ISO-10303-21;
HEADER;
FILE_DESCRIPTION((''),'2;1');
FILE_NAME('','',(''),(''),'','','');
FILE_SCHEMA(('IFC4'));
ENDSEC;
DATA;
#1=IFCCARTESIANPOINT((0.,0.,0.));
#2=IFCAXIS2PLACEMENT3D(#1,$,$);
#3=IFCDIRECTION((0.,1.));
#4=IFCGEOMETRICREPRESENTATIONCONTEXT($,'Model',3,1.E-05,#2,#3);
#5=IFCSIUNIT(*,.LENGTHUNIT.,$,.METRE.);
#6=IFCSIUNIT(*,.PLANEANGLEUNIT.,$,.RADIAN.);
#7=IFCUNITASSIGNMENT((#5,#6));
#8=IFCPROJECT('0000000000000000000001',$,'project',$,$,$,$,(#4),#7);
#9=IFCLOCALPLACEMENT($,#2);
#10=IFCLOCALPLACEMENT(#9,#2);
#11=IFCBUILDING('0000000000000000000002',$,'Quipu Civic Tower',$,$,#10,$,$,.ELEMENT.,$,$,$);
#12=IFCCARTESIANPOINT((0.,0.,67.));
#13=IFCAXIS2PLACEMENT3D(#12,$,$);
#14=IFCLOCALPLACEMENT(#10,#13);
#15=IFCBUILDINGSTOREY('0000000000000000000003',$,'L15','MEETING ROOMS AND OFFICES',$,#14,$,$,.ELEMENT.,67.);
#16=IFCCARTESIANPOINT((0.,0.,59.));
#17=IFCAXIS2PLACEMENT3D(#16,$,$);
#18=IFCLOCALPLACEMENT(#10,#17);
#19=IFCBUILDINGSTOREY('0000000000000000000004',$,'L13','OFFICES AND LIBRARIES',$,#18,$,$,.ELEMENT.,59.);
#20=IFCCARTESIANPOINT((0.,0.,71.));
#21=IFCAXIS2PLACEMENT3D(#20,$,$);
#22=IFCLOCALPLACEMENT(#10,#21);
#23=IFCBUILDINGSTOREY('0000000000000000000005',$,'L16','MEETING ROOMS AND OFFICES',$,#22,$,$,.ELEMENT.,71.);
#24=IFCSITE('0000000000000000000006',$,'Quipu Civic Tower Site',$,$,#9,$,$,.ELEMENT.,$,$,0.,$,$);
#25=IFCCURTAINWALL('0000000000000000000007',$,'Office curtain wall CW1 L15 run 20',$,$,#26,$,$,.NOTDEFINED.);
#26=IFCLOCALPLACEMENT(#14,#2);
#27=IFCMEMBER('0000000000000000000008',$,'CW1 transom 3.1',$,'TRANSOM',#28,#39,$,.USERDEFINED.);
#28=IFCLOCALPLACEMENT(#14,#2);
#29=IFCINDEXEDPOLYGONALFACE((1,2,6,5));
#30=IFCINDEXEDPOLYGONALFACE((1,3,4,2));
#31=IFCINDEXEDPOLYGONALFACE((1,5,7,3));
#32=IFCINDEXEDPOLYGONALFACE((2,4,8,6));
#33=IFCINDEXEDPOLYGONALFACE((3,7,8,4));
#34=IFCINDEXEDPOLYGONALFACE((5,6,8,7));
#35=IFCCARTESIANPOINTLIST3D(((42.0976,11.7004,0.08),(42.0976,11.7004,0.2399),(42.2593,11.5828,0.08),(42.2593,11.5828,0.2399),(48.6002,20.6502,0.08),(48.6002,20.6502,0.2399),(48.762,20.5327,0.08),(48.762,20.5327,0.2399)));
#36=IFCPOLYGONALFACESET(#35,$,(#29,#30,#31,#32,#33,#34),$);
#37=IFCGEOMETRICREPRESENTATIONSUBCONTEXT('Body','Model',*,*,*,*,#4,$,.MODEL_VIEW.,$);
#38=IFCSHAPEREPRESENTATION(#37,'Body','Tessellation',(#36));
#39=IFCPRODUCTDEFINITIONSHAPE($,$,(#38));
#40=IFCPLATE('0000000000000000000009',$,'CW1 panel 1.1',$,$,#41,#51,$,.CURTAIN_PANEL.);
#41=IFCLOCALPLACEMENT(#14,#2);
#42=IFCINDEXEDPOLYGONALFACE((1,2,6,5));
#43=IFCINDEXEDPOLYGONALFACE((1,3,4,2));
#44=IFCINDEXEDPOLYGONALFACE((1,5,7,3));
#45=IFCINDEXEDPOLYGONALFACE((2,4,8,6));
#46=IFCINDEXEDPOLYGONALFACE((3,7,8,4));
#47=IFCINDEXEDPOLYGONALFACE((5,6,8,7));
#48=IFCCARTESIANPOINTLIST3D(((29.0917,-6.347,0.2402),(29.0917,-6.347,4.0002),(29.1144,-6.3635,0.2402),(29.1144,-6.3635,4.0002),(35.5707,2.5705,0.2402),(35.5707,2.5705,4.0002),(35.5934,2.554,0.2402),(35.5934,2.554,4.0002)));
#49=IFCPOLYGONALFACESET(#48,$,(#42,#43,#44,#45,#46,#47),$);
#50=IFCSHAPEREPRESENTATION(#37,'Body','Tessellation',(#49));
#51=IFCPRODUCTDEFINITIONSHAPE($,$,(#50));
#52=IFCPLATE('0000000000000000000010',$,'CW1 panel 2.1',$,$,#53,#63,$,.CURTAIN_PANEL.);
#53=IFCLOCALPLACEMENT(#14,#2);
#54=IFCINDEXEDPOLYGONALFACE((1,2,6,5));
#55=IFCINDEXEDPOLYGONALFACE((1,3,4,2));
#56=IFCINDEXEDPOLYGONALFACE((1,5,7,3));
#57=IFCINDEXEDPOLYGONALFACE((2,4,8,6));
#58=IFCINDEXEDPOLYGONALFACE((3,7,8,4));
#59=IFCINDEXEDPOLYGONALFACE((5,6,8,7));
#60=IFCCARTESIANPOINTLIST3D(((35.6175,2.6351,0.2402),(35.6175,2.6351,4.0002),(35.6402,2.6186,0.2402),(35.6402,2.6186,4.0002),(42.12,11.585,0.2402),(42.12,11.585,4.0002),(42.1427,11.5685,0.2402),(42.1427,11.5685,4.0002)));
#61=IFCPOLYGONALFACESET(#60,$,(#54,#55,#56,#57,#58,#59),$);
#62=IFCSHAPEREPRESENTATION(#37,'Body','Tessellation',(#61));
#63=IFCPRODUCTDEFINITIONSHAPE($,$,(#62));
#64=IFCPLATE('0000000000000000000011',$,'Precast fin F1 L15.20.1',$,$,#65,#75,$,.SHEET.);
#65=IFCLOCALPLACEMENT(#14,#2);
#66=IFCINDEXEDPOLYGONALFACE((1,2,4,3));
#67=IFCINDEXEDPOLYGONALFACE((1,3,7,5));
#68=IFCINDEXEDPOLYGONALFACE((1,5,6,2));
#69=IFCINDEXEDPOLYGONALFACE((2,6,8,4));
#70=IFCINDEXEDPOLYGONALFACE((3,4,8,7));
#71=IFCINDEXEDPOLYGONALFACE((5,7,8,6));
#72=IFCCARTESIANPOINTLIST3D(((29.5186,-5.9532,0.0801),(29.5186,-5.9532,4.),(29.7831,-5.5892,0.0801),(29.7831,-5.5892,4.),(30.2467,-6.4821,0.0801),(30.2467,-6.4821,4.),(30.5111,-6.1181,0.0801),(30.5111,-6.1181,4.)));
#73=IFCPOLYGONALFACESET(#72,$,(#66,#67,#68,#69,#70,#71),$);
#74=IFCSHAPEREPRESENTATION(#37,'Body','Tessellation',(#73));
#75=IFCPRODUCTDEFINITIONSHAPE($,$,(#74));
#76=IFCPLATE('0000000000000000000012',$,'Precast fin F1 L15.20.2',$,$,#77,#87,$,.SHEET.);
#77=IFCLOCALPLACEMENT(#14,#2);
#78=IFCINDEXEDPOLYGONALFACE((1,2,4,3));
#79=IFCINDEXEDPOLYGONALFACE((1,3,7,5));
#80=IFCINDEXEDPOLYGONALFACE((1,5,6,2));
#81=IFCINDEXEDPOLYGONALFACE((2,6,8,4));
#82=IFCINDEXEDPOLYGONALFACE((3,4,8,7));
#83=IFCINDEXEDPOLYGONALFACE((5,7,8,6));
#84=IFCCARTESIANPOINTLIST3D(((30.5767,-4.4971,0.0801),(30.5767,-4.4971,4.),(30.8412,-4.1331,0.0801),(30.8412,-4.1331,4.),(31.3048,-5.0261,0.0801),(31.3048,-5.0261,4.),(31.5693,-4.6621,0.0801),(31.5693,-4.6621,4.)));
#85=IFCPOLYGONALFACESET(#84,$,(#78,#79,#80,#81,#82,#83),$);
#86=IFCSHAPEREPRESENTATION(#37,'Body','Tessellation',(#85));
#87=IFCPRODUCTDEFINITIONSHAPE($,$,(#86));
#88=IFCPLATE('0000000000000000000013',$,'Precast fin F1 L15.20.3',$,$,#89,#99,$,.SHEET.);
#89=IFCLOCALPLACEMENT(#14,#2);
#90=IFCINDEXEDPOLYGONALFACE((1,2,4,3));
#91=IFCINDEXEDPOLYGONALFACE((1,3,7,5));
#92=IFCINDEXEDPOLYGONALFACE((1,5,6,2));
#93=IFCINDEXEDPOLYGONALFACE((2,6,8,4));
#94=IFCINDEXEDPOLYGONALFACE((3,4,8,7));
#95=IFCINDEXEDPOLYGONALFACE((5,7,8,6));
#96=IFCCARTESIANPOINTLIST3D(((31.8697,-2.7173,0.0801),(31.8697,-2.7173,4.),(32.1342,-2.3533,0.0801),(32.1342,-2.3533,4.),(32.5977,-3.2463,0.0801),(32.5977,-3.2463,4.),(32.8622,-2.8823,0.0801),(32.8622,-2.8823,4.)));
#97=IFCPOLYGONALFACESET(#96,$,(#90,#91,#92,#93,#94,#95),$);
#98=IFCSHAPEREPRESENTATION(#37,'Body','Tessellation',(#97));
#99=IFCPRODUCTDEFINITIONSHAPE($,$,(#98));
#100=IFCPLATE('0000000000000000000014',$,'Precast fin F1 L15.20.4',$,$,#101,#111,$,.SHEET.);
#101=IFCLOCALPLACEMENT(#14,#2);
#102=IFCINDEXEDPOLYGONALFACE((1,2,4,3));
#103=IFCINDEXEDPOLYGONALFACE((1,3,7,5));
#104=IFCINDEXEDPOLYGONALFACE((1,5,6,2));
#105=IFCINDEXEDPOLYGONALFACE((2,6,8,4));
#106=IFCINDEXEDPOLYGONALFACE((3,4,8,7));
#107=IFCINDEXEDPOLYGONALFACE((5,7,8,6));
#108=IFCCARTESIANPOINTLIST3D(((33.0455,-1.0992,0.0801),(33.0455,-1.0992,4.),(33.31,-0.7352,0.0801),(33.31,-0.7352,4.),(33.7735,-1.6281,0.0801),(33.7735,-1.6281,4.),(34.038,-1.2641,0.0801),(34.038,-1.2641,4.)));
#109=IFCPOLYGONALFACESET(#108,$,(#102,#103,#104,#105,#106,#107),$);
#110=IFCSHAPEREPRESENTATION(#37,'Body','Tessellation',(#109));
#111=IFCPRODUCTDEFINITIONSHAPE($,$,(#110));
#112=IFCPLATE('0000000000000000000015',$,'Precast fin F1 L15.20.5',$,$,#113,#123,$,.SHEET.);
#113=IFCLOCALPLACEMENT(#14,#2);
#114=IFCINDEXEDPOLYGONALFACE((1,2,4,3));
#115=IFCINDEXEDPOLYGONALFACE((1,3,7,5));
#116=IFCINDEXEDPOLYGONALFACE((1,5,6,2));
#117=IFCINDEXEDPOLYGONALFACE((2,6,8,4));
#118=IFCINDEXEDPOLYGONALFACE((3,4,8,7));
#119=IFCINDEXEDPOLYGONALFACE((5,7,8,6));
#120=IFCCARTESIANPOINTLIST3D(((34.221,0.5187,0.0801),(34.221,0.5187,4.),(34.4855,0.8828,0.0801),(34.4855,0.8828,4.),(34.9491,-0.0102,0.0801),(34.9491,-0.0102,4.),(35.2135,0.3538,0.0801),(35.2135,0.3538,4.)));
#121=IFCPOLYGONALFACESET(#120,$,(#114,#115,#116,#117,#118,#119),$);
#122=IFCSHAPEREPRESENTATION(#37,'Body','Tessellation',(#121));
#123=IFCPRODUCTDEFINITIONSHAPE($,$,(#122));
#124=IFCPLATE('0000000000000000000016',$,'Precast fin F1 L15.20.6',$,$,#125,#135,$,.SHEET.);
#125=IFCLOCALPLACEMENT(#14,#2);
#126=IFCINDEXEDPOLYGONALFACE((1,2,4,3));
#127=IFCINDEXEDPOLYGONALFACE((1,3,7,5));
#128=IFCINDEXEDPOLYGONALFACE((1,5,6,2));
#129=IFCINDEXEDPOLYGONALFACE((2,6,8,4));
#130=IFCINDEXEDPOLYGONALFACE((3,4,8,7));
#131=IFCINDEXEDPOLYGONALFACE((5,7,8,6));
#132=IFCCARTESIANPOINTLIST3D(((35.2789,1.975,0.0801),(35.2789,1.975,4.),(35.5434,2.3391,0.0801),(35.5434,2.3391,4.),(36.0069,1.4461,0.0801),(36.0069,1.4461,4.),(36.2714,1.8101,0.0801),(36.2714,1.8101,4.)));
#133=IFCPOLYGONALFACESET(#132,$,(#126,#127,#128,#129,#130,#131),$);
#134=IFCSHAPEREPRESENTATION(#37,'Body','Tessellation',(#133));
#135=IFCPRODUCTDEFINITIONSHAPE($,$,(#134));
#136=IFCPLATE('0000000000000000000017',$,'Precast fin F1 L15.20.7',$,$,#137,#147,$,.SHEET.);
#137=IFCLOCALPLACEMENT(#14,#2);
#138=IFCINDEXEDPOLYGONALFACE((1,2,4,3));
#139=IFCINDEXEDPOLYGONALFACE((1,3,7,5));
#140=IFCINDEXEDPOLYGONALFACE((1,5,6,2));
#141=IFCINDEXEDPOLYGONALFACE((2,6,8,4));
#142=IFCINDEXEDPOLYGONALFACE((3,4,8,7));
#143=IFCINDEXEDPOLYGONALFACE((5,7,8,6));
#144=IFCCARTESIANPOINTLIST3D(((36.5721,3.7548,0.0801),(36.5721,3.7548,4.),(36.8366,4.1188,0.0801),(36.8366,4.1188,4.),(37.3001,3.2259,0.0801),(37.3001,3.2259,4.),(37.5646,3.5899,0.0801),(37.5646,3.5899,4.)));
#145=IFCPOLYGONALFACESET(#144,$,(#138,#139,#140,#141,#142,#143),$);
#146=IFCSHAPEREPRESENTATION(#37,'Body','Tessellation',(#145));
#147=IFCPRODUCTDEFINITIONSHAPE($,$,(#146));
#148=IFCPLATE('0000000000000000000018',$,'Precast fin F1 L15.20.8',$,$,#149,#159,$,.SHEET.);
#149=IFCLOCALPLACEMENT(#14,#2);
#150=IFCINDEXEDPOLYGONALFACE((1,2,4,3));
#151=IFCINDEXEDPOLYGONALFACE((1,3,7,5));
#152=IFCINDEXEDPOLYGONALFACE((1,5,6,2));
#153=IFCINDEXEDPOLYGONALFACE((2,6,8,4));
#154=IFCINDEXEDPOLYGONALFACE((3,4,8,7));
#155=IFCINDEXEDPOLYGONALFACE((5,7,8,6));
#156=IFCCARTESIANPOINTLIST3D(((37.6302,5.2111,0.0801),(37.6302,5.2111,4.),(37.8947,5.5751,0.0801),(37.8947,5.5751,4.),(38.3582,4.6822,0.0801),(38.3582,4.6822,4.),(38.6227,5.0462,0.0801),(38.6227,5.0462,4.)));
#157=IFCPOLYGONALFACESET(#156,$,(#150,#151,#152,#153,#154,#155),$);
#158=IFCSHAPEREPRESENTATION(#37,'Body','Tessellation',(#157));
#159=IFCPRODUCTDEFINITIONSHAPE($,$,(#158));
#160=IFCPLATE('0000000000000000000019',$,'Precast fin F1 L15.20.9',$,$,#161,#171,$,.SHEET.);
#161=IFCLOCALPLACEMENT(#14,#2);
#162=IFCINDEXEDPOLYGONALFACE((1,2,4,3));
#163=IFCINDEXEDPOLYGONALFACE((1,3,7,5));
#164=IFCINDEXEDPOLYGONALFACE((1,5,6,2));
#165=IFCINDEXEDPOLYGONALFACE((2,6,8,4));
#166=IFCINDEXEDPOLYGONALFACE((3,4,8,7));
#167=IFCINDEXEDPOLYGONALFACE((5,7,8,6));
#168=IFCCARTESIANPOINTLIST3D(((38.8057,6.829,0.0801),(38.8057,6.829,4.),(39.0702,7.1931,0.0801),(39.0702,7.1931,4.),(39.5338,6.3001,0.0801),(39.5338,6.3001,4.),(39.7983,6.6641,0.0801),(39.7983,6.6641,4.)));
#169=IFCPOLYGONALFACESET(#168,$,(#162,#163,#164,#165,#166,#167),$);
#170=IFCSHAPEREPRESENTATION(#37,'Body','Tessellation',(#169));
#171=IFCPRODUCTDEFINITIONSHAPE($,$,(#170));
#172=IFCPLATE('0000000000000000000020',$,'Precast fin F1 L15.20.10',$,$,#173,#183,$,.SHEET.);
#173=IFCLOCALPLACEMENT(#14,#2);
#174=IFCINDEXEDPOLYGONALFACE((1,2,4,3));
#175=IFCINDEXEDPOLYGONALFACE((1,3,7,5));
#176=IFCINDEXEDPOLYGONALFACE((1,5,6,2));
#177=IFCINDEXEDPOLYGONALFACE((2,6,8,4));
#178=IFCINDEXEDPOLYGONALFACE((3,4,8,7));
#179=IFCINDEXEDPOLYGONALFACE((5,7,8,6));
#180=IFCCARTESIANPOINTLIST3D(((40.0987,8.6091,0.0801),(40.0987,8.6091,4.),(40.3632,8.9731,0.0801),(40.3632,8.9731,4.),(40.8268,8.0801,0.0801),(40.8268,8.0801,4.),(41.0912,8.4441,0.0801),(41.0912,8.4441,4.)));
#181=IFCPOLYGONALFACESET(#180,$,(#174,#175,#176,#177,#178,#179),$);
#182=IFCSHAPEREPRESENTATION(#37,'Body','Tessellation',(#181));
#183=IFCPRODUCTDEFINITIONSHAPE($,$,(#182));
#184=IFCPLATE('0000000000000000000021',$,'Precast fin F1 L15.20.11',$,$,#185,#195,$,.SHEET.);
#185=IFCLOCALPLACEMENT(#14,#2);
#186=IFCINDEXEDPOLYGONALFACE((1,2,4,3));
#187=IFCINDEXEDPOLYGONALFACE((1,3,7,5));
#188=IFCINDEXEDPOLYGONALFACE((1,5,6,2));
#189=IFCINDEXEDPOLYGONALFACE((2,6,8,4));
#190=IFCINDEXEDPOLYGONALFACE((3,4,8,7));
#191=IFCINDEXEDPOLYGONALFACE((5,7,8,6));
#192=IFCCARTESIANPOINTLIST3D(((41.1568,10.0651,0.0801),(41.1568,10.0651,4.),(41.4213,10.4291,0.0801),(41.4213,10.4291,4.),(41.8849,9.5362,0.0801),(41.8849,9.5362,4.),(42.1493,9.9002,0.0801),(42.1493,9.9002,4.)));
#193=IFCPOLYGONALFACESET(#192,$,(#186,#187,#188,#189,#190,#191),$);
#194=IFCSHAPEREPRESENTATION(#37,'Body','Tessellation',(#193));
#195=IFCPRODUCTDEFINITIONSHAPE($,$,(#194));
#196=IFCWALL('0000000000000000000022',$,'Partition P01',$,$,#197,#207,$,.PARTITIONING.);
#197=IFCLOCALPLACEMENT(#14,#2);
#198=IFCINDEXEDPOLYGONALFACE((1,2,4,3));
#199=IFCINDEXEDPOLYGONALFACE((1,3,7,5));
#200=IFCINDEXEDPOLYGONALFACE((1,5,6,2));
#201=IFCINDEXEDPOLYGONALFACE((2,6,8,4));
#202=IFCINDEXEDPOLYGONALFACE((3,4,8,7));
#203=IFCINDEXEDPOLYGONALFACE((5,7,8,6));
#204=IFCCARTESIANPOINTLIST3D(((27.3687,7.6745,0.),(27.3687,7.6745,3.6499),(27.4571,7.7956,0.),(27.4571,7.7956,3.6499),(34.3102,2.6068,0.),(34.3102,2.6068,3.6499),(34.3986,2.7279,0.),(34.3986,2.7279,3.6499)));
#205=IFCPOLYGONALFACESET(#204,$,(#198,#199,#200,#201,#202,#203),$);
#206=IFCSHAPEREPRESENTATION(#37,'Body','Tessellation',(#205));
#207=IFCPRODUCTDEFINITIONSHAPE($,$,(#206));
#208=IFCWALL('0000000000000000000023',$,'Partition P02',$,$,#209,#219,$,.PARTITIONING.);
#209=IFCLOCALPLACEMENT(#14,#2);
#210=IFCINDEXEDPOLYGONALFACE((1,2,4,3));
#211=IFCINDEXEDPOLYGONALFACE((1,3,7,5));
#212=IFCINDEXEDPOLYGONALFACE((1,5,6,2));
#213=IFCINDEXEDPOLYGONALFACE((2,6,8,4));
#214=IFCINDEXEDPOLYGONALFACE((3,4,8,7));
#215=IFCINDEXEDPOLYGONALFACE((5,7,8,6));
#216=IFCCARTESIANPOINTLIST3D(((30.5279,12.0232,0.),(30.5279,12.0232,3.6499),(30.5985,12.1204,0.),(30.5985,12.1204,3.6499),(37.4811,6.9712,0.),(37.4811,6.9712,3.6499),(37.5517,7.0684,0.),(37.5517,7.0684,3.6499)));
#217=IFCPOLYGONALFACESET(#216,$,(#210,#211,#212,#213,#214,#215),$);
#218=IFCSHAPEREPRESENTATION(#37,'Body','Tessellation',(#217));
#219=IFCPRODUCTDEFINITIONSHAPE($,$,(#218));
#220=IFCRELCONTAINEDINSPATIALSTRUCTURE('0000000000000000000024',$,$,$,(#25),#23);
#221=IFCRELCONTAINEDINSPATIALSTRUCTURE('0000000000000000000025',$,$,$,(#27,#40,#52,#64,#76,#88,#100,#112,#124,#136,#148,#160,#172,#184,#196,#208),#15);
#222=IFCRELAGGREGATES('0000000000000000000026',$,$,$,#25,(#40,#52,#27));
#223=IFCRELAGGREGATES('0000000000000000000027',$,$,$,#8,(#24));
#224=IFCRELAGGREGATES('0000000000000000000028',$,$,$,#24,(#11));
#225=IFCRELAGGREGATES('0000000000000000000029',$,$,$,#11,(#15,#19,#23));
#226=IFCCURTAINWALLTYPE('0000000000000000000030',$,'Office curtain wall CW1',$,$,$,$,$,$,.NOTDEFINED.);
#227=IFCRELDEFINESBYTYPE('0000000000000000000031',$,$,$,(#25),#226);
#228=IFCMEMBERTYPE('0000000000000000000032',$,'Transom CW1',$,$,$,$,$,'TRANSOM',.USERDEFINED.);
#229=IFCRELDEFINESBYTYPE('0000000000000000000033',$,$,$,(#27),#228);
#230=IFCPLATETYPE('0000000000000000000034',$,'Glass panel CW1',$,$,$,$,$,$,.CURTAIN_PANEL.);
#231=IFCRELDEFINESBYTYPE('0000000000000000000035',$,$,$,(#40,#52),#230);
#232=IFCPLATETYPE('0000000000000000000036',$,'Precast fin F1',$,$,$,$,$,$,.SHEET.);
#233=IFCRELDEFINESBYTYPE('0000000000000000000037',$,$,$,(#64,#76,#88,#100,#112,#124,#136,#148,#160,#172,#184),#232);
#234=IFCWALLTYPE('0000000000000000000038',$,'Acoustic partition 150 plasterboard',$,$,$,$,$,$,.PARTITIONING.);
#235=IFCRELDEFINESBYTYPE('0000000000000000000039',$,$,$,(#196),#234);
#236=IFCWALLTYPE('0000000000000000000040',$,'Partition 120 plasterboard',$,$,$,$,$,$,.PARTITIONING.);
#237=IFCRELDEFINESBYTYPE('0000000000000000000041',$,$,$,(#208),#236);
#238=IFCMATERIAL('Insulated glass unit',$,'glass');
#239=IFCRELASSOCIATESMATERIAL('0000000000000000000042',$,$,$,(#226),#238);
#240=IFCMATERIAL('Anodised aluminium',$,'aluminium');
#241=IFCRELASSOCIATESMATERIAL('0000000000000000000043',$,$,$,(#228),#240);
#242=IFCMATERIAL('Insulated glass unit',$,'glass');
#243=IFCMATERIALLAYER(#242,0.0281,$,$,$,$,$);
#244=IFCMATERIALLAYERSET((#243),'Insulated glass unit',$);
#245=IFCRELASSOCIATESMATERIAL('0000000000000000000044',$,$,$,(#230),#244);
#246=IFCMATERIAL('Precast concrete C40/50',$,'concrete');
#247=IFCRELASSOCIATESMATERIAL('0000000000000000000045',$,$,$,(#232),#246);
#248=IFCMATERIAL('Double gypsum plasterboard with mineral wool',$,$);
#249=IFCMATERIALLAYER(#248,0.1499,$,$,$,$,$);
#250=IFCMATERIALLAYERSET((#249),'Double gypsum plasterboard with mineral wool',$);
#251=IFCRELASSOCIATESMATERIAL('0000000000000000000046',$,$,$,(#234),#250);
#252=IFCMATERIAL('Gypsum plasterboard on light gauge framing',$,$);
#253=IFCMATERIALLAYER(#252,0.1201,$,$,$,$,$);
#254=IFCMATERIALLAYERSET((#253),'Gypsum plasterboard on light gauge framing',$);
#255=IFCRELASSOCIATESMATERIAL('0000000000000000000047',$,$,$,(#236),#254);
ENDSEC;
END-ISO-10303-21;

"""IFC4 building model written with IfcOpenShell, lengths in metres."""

from ifc_helpers import new_model, si_unit, direction, frame, frame_2d, origin, origin_2d, place, context, subcontext, project, spatial, rectangle, extrude, material, layer, layer_set, material_profile, profile_set, type_object, element, aggregate, save


model = new_model("IFC4")

# Units and contexts
model_context = context("Model", 3, precision=1e-05, world=origin(), true_north=direction((0.0, 1.0)))
body_context = subcontext(model_context, "Body", "Model", "MODEL_VIEW")
ifc_project = project(units=[si_unit("LENGTHUNIT", "METRE"), si_unit("PLANEANGLEUNIT", "RADIAN")], contexts=[model_context])

# Site, building, storey
site_placement = place(None, origin())
site = spatial("IfcSite", under=ifc_project, at=site_placement, Name="Quipu Civic Tower Site", CompositionType="ELEMENT", RefElevation=0.0)
building_placement = place(site_placement, origin())
building = spatial("IfcBuilding", under=site, at=building_placement, Name="Quipu Civic Tower", CompositionType="ELEMENT")
storey_1_placement = place(building_placement, frame((0.0, 0.0, 67.0)))
storey_1 = spatial("IfcBuildingStorey", under=building, at=storey_1_placement, Name="L15", Description="MEETING ROOMS AND OFFICES", CompositionType="ELEMENT", Elevation=67.0)

# Shared definitions
storey_2_placement = place(building_placement, frame((0.0, 0.0, 59.0)))
storey_2 = spatial("IfcBuildingStorey", under=building, at=storey_2_placement, Name="L13", Description="OFFICES AND LIBRARIES", CompositionType="ELEMENT", Elevation=59.0)

# Shared definitions
ifc_material_1 = material(Name="Insulated glass unit", Category="glass")
curtain_wall_type = type_object("IfcCurtainWallType", Name="Office curtain wall CW1", PredefinedType="NOTDEFINED", material=ifc_material_1)
ifc_material_2 = material(Name="Anodised aluminium", Category="aluminium")
ifc_material_profile_1 = material_profile(ifc_material_2, rectangle(XDim=0.2, YDim=0.1599, at=origin_2d()), Name="RECT 200x160")
ifc_profile_set_1 = profile_set([ifc_material_profile_1], Name="Anodised aluminium")
member_type = type_object("IfcMemberType", Name="Transom CW1", ElementType="TRANSOM", PredefinedType="USERDEFINED", material=ifc_profile_set_1)

# Shared definitions
storey_3_placement = place(building_placement, frame((0.0, 0.0, 71.0)))
storey_3 = spatial("IfcBuildingStorey", under=building, at=storey_3_placement, Name="L16", Description="MEETING ROOMS AND OFFICES", CompositionType="ELEMENT", Elevation=71.0)

# Curtain wall, member, plates
curtain_wall_1_placement = place(storey_3_placement, origin())
curtain_wall_1 = element("IfcCurtainWall", 1, at=curtain_wall_1_placement, inside=storey_3, type_object=curtain_wall_type, Name="Office curtain wall CW1 L15 run 20", PredefinedType="NOTDEFINED")
member_1_placement = place(storey_1_placement, frame((42.1785, 11.6416, 0.1599), z_axis=(0.587795, 0.80901, 0.0), x_axis=(-0.80901, 0.587795, 0.0)))
member_1 = element("IfcMember", 2, at=member_1_placement, inside=storey_1, type_object=member_type, Name="CW1 transom 3.1", ObjectType="TRANSOM", PredefinedType="USERDEFINED", context=body_context, shape_type="SweptSolid", body=[
    extrude(rectangle(XDim=0.2, YDim=0.1599, at=origin_2d()), origin(), (0.0, 0.0, 1.0), 11.0627),
])
ifc_material_3 = material(Name="Insulated glass unit", Category="glass")
ifc_layer_1 = layer(ifc_material_3, 0.0281)
ifc_layer_set_1 = layer_set([ifc_layer_1], Name="Insulated glass unit")
plate_type_1 = type_object("IfcPlateType", Name="Glass panel CW1", PredefinedType="CURTAIN_PANEL", material=ifc_layer_set_1)
plate_1_placement = place(storey_1_placement, frame((32.3425, -1.8965, 0.2402), z_axis=(0.0, 0.0, 1.0), x_axis=(0.587786, 0.809017, 0.0)))
plate_1 = element("IfcPlate", 3, at=plate_1_placement, inside=storey_1, type_object=plate_type_1, Name="CW1 panel 1.1", PredefinedType="CURTAIN_PANEL", context=body_context, shape_type="SweptSolid", body=[
    extrude(rectangle(XDim=11.0227, YDim=0.0281, at=origin_2d()), origin(), (0.0, 0.0, 1.0), 3.76),
])
plate_2_placement = place(storey_1_placement, frame((38.8801, 7.1018, 0.2402), z_axis=(0.0, 0.0, 1.0), x_axis=(0.587786, 0.809017, 0.0)))
plate_2 = element("IfcPlate", 4, at=plate_2_placement, inside=storey_1, type_object=plate_type_1, Name="CW1 panel 2.1", PredefinedType="CURTAIN_PANEL", context=body_context, shape_type="SweptSolid", body=[
    extrude(rectangle(XDim=11.0627, YDim=0.0281, at=origin_2d()), origin(), (0.0, 0.0, 1.0), 3.76),
])
aggregate(curtain_wall_1, [plate_1, plate_2, member_1])

# Plates
ifc_material_4 = material(Name="Precast concrete C40/50", Category="concrete")
plate_type_2 = type_object("IfcPlateType", Name="Precast fin F1", PredefinedType="SHEET", material=ifc_material_4)
for number, where, z_axis, x_axis, name in (
    (5, (30.0149, -6.0356, 0.0801), (0.0, 0.0, 1.0), (0.587786, 0.809017, 0.0), "Precast fin F1 L15.20.1"),
    (6, (31.073, -4.5796, 0.0801), (0.0, 0.0, 1.0), (0.587786, 0.809017, 0.0), "Precast fin F1 L15.20.2"),
    (7, (32.366, -2.7998, 0.0801), (0.0, 0.0, 1.0), (0.587786, 0.809017, 0.0), "Precast fin F1 L15.20.3"),
    (8, (33.5417, -1.1816, 0.0801), (0.0, 0.0, 1.0), (0.587786, 0.809017, 0.0), "Precast fin F1 L15.20.4"),
    (9, (34.7173, 0.4363, 0.0801), (0.0, 0.0, 1.0), (0.587786, 0.809017, 0.0), "Precast fin F1 L15.20.5"),
    (10, (35.7751, 1.8926, 0.0801), (0.0, 0.0, 1.0), (0.587786, 0.809017, 0.0), "Precast fin F1 L15.20.6"),
    (11, (37.0684, 3.6724, 0.0801), (0.0, 0.0, 1.0), (0.587786, 0.809017, 0.0), "Precast fin F1 L15.20.7"),
    (12, (38.1265, 5.1287, 0.0801), (0.0, 0.0, 1.0), (0.587786, 0.809017, 0.0), "Precast fin F1 L15.20.8"),
    (13, (39.302, 6.7466, 0.0801), (0.0, 0.0, 1.0), (0.587786, 0.809017, 0.0), "Precast fin F1 L15.20.9"),
    (14, (40.595, 8.5266, 0.0801), (0.0, 0.0, 1.0), (0.587786, 0.809017, 0.0), "Precast fin F1 L15.20.10"),
    (15, (41.6531, 9.9827, 0.0801), (0.0, 0.0, 1.0), (0.587786, 0.809017, 0.0), "Precast fin F1 L15.20.11"),
):
    element("IfcPlate", number, at=place(storey_1_placement, frame(where, z_axis=z_axis, x_axis=x_axis)), inside=storey_1, type_object=plate_type_2, Name=name, PredefinedType="SHEET", context=body_context, shape_type="SweptSolid", body=[
        extrude(rectangle(XDim=0.45, YDim=0.8999, at=origin_2d()), origin(), (0.0, 0.0, 1.0), 3.9199),
    ])

# Walls
ifc_material_5 = material(Name="Double gypsum plasterboard with mineral wool")
ifc_layer_2 = layer(ifc_material_5, 0.1499)
ifc_layer_set_2 = layer_set([ifc_layer_2], Name="Double gypsum plasterboard with mineral wool")
wall_type_1 = type_object("IfcWallType", Name="Acoustic partition 150 plasterboard", PredefinedType="PARTITIONING", material=ifc_layer_set_2)
wall_1_placement = place(storey_1_placement, frame((27.4128, 7.7351, 0.0), z_axis=(0.0, 0.0, 1.0), x_axis=(0.807665, -0.589642, 0.0)))
element("IfcWall", 16, at=wall_1_placement, inside=storey_1, type_object=wall_type_1, Name="Partition P01", PredefinedType="PARTITIONING", context=body_context, shape_type="SweptSolid", body=[
    extrude(rectangle(XDim=8.5945, YDim=0.1499, at=frame_2d((4.2974, 0.0))), origin(), (0.0, 0.0, 1.0), 3.6499),
])
ifc_material_6 = material(Name="Gypsum plasterboard on light gauge framing")
ifc_layer_3 = layer(ifc_material_6, 0.1201)
ifc_layer_set_3 = layer_set([ifc_layer_3], Name="Gypsum plasterboard on light gauge framing")
wall_type_2 = type_object("IfcWallType", Name="Partition 120 plasterboard", PredefinedType="PARTITIONING", material=ifc_layer_set_3)
wall_2_placement = place(storey_1_placement, frame((37.5164, 7.0198, 0.0), z_axis=(0.0, 0.0, 1.0), x_axis=(-0.809003, 0.587805, 0.0)))
element("IfcWall", 17, at=wall_2_placement, inside=storey_1, type_object=wall_type_2, Name="Partition P02", PredefinedType="PARTITIONING", context=body_context, shape_type="SweptSolid", body=[
    extrude(rectangle(XDim=8.5947, YDim=0.1201, at=frame_2d((4.2974, 0.0))), origin(), (0.0, 0.0, 1.0), 3.6499),
])

save(model, "model.ifc")
